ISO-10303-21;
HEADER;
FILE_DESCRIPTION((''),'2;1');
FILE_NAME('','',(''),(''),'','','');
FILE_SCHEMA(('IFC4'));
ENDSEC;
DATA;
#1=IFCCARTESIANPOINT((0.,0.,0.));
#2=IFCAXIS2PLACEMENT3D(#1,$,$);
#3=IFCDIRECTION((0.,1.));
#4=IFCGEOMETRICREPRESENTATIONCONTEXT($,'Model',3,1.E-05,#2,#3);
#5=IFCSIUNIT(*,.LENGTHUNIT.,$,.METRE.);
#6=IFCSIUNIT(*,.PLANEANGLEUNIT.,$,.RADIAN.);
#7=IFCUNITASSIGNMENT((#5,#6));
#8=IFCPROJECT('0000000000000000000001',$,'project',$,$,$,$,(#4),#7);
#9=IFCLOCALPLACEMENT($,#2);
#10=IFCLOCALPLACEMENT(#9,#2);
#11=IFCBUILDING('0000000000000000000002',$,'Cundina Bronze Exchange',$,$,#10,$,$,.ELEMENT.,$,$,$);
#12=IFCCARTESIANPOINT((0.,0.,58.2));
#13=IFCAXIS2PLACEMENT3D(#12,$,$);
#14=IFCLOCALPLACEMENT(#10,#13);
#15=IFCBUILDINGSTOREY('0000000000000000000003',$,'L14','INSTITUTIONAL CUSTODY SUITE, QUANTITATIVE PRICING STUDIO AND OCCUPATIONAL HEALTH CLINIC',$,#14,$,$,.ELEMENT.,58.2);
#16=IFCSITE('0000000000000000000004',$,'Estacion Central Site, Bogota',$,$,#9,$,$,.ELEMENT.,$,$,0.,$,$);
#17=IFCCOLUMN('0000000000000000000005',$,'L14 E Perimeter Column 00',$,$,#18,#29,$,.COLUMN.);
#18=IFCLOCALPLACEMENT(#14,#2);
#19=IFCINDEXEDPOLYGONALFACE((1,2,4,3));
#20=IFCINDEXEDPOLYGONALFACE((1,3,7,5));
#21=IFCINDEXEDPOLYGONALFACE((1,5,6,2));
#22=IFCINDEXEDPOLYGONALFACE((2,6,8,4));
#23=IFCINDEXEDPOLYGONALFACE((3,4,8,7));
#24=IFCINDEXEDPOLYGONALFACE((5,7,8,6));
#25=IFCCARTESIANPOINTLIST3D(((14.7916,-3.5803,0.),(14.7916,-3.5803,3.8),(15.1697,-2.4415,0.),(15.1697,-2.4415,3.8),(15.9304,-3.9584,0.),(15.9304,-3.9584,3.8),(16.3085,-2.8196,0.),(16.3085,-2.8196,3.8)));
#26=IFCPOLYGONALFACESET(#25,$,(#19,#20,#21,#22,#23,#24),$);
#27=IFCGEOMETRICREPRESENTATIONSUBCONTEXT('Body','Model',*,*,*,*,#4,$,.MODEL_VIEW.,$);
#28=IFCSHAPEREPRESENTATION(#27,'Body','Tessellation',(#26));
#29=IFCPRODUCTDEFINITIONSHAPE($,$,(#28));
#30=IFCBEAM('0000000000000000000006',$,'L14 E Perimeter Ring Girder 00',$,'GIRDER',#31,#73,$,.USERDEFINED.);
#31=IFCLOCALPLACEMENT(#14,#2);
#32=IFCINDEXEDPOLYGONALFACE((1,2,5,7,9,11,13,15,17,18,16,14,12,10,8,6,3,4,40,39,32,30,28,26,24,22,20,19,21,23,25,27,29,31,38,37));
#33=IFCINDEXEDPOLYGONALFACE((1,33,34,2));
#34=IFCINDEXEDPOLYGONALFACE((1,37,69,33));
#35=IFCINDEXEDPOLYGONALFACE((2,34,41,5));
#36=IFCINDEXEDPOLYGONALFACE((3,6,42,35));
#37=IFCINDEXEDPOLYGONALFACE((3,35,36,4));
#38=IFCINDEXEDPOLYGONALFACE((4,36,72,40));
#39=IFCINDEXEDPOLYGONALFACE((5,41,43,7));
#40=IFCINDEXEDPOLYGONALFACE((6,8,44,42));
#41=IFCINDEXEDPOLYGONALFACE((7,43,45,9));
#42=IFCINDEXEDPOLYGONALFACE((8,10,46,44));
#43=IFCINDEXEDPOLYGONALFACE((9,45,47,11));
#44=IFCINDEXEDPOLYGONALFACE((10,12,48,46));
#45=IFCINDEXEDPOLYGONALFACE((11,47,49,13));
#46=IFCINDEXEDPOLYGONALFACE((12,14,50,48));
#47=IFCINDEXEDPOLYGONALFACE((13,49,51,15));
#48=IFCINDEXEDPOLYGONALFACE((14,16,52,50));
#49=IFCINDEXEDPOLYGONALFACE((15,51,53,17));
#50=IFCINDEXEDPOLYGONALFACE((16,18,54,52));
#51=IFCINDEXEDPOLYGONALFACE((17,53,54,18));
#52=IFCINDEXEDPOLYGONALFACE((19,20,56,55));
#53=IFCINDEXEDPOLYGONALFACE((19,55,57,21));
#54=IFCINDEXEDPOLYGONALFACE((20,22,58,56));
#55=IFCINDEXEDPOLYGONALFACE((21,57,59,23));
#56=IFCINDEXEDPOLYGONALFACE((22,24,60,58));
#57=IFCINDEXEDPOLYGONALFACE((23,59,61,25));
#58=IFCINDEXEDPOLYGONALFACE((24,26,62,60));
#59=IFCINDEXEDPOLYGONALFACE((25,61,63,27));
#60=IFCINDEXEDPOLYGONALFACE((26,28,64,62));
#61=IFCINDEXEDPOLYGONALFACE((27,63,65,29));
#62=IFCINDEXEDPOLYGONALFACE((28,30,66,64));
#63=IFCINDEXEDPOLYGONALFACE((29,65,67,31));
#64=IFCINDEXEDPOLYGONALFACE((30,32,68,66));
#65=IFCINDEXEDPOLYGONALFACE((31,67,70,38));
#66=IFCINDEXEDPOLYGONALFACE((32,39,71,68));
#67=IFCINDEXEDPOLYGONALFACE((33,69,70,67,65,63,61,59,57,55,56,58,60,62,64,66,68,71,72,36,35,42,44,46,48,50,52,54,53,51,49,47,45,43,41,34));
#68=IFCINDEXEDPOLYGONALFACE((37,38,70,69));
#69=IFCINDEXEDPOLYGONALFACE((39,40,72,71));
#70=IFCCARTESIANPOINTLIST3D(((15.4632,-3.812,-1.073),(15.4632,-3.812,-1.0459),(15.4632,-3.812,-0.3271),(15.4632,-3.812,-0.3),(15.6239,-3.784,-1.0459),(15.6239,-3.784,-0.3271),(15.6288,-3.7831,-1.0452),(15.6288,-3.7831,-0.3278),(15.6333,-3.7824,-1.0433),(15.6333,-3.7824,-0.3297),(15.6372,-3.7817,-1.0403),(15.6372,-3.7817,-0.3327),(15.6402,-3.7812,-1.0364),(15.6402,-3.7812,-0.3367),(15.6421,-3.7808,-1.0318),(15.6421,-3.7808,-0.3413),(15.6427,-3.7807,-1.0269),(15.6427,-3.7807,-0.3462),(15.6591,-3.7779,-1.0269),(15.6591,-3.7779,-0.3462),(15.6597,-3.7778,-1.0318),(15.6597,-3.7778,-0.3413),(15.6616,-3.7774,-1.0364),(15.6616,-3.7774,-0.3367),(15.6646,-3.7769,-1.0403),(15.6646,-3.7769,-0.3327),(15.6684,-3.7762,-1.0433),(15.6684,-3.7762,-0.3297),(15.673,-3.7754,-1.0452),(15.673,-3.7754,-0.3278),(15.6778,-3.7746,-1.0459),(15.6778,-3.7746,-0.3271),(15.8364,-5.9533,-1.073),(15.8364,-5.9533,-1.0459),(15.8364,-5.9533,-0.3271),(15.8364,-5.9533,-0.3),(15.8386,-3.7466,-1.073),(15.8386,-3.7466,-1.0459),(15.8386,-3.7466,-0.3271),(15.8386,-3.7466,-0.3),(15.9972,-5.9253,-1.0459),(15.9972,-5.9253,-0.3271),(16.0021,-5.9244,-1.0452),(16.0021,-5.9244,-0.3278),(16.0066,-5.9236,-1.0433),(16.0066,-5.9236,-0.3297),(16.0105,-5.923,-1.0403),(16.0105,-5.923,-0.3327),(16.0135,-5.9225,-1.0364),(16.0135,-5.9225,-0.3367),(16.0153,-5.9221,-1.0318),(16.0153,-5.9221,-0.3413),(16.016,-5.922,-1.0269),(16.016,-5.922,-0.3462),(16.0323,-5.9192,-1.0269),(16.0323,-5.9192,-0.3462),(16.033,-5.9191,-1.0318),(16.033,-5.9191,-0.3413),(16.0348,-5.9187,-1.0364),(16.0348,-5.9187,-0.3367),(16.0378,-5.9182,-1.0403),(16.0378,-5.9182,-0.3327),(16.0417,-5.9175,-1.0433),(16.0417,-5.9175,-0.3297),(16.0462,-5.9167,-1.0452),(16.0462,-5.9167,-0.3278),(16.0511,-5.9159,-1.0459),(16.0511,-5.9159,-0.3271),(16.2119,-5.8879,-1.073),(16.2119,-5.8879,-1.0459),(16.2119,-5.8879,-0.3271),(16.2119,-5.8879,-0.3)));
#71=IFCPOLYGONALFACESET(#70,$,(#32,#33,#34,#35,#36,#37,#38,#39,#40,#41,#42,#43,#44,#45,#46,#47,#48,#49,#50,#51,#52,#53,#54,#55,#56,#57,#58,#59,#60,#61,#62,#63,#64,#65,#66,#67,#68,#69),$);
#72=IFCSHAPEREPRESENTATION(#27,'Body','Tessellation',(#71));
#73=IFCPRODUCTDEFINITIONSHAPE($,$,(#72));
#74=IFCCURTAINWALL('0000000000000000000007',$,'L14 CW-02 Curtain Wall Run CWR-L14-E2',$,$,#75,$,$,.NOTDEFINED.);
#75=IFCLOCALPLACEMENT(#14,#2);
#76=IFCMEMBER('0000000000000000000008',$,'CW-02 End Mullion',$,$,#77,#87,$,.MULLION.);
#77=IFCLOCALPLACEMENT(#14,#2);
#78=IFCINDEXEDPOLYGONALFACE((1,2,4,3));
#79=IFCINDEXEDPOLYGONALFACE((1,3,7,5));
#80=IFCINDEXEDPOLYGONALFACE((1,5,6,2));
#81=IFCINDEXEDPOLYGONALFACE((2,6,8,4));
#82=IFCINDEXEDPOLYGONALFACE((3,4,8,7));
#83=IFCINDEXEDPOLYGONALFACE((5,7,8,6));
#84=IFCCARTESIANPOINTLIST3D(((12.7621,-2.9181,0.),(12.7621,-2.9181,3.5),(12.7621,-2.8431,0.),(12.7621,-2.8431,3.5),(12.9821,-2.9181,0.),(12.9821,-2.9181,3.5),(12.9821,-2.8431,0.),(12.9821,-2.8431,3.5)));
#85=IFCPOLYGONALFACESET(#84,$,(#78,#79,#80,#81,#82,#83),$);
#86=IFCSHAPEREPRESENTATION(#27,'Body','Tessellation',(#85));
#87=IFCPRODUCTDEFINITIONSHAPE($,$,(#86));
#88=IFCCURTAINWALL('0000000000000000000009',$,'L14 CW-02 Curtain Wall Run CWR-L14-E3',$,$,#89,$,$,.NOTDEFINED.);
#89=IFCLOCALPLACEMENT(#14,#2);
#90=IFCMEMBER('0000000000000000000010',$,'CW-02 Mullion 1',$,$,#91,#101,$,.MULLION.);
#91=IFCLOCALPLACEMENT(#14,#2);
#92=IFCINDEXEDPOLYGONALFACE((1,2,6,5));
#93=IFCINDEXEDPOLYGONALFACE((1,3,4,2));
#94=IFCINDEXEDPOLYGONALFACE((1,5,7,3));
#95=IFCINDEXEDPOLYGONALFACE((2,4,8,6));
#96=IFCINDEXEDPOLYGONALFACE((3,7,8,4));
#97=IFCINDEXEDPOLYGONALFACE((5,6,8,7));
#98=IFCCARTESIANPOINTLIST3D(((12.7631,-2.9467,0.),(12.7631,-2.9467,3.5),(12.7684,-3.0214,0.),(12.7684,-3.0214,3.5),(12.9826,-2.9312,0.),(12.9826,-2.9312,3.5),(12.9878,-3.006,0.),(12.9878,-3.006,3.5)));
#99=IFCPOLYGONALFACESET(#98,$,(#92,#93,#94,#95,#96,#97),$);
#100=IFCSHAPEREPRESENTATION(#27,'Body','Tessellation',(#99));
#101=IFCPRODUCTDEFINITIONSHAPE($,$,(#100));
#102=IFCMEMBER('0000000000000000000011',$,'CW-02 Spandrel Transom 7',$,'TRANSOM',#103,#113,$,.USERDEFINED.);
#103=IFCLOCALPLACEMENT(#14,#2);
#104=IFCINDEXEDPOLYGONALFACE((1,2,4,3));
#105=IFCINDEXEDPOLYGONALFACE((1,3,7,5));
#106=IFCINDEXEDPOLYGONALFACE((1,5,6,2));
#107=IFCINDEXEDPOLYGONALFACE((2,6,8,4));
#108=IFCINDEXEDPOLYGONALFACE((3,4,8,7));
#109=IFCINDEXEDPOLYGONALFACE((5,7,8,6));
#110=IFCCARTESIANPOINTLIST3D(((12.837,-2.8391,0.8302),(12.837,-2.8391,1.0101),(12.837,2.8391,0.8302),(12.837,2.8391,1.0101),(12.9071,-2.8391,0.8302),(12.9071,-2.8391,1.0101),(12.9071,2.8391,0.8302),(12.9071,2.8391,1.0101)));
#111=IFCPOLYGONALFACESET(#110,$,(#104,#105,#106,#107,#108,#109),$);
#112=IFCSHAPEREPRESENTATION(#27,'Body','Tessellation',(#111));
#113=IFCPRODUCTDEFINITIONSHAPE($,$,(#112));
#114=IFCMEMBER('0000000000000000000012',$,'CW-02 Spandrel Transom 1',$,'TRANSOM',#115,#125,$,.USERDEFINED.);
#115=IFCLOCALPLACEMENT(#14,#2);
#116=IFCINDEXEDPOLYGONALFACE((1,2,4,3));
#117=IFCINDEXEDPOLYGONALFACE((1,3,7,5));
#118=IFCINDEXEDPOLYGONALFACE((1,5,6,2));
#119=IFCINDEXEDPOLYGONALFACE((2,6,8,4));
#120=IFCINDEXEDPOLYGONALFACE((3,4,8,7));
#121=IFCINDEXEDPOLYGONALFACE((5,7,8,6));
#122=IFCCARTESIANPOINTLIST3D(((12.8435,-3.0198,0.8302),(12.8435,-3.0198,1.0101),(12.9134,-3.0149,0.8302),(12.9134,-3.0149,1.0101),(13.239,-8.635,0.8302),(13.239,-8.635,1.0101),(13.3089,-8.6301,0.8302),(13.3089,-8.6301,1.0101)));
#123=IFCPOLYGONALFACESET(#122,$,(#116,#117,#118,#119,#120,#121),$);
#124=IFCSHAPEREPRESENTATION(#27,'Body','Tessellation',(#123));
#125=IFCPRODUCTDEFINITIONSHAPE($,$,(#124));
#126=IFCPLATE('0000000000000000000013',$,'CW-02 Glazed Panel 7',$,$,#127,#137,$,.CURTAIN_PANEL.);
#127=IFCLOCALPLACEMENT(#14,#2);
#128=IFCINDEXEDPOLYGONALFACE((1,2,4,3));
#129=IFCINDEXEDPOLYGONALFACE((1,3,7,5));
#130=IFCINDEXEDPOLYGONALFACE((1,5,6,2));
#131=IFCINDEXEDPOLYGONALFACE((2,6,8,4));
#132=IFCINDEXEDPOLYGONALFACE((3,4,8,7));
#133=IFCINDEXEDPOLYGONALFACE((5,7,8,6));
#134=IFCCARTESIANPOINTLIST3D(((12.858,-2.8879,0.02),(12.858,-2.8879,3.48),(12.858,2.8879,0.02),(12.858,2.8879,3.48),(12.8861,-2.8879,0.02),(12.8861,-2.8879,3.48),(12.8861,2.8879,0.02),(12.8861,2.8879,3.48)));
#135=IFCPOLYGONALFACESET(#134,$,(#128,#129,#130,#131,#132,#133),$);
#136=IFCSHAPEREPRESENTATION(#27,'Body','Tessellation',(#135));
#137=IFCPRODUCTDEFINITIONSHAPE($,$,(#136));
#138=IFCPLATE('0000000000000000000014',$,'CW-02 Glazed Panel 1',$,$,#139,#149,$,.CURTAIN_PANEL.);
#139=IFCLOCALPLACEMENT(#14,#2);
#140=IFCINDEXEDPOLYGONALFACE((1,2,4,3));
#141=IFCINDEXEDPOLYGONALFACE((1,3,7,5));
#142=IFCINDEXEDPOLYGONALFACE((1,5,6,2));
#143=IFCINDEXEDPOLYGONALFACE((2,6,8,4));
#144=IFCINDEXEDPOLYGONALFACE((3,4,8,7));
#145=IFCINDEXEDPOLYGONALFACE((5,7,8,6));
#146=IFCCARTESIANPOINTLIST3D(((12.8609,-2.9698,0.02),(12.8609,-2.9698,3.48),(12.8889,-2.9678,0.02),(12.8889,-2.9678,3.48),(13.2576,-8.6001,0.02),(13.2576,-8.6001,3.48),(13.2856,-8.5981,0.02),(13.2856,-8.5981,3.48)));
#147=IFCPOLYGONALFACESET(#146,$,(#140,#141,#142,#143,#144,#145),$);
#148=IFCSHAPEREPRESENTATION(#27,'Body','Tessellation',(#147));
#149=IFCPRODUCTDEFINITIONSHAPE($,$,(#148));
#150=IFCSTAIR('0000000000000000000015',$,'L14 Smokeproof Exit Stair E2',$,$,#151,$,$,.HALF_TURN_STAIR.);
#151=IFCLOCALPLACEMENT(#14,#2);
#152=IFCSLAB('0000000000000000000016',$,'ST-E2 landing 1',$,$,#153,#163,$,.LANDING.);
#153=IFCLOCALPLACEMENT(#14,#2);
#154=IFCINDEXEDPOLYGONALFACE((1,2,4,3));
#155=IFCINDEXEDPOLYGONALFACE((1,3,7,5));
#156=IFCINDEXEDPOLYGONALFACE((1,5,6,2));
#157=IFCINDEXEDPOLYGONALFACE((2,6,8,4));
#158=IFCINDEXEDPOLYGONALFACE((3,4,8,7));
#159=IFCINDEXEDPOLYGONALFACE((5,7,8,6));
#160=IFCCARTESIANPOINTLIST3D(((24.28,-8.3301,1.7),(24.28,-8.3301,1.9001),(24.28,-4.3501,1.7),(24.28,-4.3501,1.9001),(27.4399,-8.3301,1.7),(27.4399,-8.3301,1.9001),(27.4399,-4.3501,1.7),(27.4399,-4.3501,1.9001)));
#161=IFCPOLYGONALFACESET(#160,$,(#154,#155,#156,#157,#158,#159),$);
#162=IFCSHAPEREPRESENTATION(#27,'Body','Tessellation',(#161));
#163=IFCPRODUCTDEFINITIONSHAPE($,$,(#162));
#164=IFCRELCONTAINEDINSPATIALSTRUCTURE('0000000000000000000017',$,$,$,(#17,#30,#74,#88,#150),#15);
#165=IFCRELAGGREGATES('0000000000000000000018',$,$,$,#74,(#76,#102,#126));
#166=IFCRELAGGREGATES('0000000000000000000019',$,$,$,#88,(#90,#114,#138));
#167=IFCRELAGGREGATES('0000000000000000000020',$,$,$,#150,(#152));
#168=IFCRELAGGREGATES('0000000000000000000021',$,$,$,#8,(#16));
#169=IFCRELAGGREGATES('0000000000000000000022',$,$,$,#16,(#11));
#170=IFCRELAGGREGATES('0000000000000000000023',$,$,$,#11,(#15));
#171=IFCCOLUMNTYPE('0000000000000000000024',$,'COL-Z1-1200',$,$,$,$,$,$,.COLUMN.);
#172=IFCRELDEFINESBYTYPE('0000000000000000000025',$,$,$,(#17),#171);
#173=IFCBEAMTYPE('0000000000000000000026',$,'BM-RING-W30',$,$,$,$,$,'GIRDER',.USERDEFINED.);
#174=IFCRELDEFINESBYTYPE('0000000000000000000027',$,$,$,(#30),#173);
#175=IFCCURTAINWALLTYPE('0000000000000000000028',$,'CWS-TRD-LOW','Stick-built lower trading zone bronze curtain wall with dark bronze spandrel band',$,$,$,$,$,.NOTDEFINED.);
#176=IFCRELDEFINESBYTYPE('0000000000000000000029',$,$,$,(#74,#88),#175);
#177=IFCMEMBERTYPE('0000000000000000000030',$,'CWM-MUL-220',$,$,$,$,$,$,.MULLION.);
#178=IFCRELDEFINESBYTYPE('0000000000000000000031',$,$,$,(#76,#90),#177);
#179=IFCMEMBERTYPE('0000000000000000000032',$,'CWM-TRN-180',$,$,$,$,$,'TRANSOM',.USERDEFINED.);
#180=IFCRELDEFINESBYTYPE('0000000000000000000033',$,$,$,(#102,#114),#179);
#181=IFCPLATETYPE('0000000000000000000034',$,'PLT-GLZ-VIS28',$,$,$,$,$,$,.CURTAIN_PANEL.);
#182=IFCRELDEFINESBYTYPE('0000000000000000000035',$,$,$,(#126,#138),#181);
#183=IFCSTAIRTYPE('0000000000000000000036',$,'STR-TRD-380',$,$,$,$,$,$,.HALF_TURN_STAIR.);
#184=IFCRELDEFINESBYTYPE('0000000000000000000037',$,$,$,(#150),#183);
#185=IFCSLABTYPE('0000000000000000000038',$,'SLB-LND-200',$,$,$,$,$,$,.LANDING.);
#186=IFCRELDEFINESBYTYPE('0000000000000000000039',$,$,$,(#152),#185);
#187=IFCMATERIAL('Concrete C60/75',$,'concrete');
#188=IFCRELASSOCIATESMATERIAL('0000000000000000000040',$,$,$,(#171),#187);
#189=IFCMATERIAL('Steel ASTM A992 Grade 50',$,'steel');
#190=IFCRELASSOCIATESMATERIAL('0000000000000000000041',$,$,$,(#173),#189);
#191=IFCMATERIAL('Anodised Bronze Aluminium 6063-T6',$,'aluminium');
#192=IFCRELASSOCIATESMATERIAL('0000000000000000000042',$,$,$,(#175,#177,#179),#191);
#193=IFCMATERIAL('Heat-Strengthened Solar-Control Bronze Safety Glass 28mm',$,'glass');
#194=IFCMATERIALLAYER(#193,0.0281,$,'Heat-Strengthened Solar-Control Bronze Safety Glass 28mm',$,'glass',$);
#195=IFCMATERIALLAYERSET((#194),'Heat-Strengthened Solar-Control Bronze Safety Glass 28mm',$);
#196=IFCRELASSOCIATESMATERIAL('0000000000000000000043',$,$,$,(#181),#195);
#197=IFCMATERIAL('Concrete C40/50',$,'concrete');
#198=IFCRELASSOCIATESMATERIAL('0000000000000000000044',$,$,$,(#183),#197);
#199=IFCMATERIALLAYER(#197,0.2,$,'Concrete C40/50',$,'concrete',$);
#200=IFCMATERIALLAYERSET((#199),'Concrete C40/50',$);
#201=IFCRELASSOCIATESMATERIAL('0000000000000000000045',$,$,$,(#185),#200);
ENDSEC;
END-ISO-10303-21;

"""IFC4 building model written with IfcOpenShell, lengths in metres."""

from ifc_helpers import new_model, si_unit, direction, frame, origin, origin_2d, place, context, subcontext, project, spatial, polyline, rectangle, i_section, outline, extrude, material, layer, layer_set, material_profile, profile_set, type_object, element, aggregate, save


model = new_model("IFC4")

# Units and contexts
model_context = context("Model", 3, precision=1e-05, world=origin(), true_north=direction((0.0, 1.0)))
body_context = subcontext(model_context, "Body", "Model", "MODEL_VIEW")
ifc_project = project(units=[si_unit("LENGTHUNIT", "METRE"), si_unit("PLANEANGLEUNIT", "RADIAN")], contexts=[model_context])

# Site, building, storey
site_placement = place(None, origin())
site = spatial("IfcSite", under=ifc_project, at=site_placement, Name="Estacion Central Site, Bogota", CompositionType="ELEMENT", RefElevation=0.0)
building_placement = place(site_placement, origin())
building = spatial("IfcBuilding", under=site, at=building_placement, Name="Cundina Bronze Exchange", CompositionType="ELEMENT")
storey_placement = place(building_placement, frame((0.0, 0.0, 58.2)))
storey = spatial("IfcBuildingStorey", under=building, at=storey_placement, Name="L14", Description="INSTITUTIONAL CUSTODY SUITE, QUANTITATIVE PRICING STUDIO AND OCCUPATIONAL HEALTH CLINIC", CompositionType="ELEMENT", Elevation=58.2)

# Column
ifc_material_1 = material(Name="Concrete C60/75", Category="concrete")
ifc_material_profile_1 = material_profile(ifc_material_1, rectangle(XDim=1.2, YDim=1.2, at=origin_2d()), Name="RC1200X1200", Category="concrete")
ifc_profile_set_1 = profile_set([ifc_material_profile_1], Name="Concrete C60/75")
column_type = type_object("IfcColumnType", Name="COL-Z1-1200", PredefinedType="COLUMN", material=ifc_profile_set_1)
column_placement = place(storey_placement, frame((15.55, -3.2, 0.0), z_axis=(0.0, 0.0, 1.0), x_axis=(-0.315152, -0.949041, 0.0)))
element("IfcColumn", 1, at=column_placement, inside=storey, type_object=column_type, Name="L14 E Perimeter Column 00", PredefinedType="COLUMN", context=body_context, shape_type="SweptSolid", body=[
    extrude(rectangle(XDim=1.2, YDim=1.2, at=origin_2d()), origin(), (0.0, 0.0, 1.0), 3.8),
])

# Beam
ifc_material_2 = material(Name="Steel ASTM A992 Grade 50", Category="steel")
ifc_material_profile_2 = material_profile(ifc_material_2, i_section(OverallWidth=0.3811, OverallDepth=0.7729, WebThickness=0.0166, FlangeThickness=0.0271, FilletRadius=0.019, at=origin_2d()), Name="W30X173", Category="steel")
ifc_profile_set_2 = profile_set([ifc_material_profile_2], Name="Steel ASTM A992 Grade 50")
beam_type = type_object("IfcBeamType", Name="BM-RING-W30", ElementType="GIRDER", PredefinedType="USERDEFINED", material=ifc_profile_set_2)
beam_placement = place(storey_placement, frame((15.6509, -3.7793, -0.6865), z_axis=(0.171735, -0.985143, 0.0), x_axis=(0.985143, 0.171735, 0.0)))
element("IfcBeam", 2, at=beam_placement, inside=storey, type_object=beam_type, Name="L14 E Perimeter Ring Girder 00", ObjectType="GIRDER", PredefinedType="USERDEFINED", context=body_context, shape_type="SweptSolid", body=[
    extrude(i_section(OverallWidth=0.3811, OverallDepth=0.7729, WebThickness=0.0166, FlangeThickness=0.0271, FilletRadius=0.019, at=origin_2d()), origin(), (0.0, 0.0, 1.0), 2.1736),
])

# Curtain walls, members
ifc_material_3 = material(Name="Anodised Bronze Aluminium 6063-T6", Category="aluminium")
curtain_wall_type = type_object("IfcCurtainWallType", Name="CWS-TRD-LOW", Description="Stick-built lower trading zone bronze curtain wall with dark bronze spandrel band", PredefinedType="NOTDEFINED", material=ifc_material_3)
curtain_wall_1_placement = place(storey_placement, origin())
curtain_wall_1 = element("IfcCurtainWall", 3, at=curtain_wall_1_placement, inside=storey, type_object=curtain_wall_type, Name="L14 CW-02 Curtain Wall Run CWR-L14-E2", PredefinedType="NOTDEFINED")
ifc_material_profile_3 = material_profile(ifc_material_3, rectangle(XDim=0.075, YDim=0.22, at=origin_2d()), Name="AL75X220", Category="aluminium")
ifc_profile_set_3 = profile_set([ifc_material_profile_3], Name="Anodised Bronze Aluminium 6063-T6")
member_type_1 = type_object("IfcMemberType", Name="CWM-MUL-220", PredefinedType="MULLION", material=ifc_profile_set_3)
member_1_placement = place(storey_placement, frame((12.8721, -2.8806, 0.0), z_axis=(0.0, 0.0, 1.0), x_axis=(0.0, -1.0, 0.0)))
member_1 = element("IfcMember", 4, at=member_1_placement, type_object=member_type_1, Name="CW-02 End Mullion", PredefinedType="MULLION", context=body_context, shape_type="SweptSolid", body=[
    extrude(rectangle(XDim=0.075, YDim=0.22, at=origin_2d()), origin(), (0.0, 0.0, 1.0), 3.5),
])
curtain_wall_2_placement = place(storey_placement, origin())
curtain_wall_2 = element("IfcCurtainWall", 5, at=curtain_wall_2_placement, inside=storey, type_object=curtain_wall_type, Name="L14 CW-02 Curtain Wall Run CWR-L14-E3", PredefinedType="NOTDEFINED")
member_2_placement = place(storey_placement, frame((12.8755, -2.9763, 0.0), z_axis=(0.0, 0.0, 1.0), x_axis=(0.070279, -0.997527, 0.0)))
member_2 = element("IfcMember", 6, at=member_2_placement, type_object=member_type_1, Name="CW-02 Mullion 1", PredefinedType="MULLION", context=body_context, shape_type="SweptSolid", body=[
    extrude(rectangle(XDim=0.075, YDim=0.22, at=origin_2d()), origin(), (0.0, 0.0, 1.0), 3.5),
])

# Members
ifc_material_profile_4 = material_profile(ifc_material_3, rectangle(XDim=0.0701, YDim=0.1799, at=origin_2d()), Name="AL70X180", Category="aluminium")
ifc_profile_set_4 = profile_set([ifc_material_profile_4], Name="Anodised Bronze Aluminium 6063-T6")
member_type_2 = type_object("IfcMemberType", Name="CWM-TRN-180", ElementType="TRANSOM", PredefinedType="USERDEFINED", material=ifc_profile_set_4)
member_3_placement = place(storey_placement, frame((12.8721, 2.8391, 0.9202), z_axis=(0.0, -1.0, 0.0), x_axis=(1.0, 0.0, 0.0)))
member_3 = element("IfcMember", 7, at=member_3_placement, type_object=member_type_2, Name="CW-02 Spandrel Transom 7", ObjectType="TRANSOM", PredefinedType="USERDEFINED", context=body_context, shape_type="SweptSolid", body=[
    extrude(rectangle(XDim=0.0701, YDim=0.1799, at=origin_2d()), origin(), (0.0, 0.0, 1.0), 5.6782),
])
member_4_placement = place(storey_placement, frame((12.8784, -3.0173, 0.9202), z_axis=(0.070261, -0.997529, 0.0), x_axis=(0.997529, 0.070261, 0.0)))
member_4 = element("IfcMember", 8, at=member_4_placement, type_object=member_type_2, Name="CW-02 Spandrel Transom 1", ObjectType="TRANSOM", PredefinedType="USERDEFINED", context=body_context, shape_type="SweptSolid", body=[
    extrude(rectangle(XDim=0.0701, YDim=0.1799, at=origin_2d()), origin(), (0.0, 0.0, 1.0), 5.6292),
])

# Plates
ifc_material_4 = material(Name="Heat-Strengthened Solar-Control Bronze Safety Glass 28mm", Category="glass")
ifc_layer_1 = layer(ifc_material_4, 0.0281, Name="Heat-Strengthened Solar-Control Bronze Safety Glass 28mm", Category="glass")
ifc_layer_set_1 = layer_set([ifc_layer_1], Name="Heat-Strengthened Solar-Control Bronze Safety Glass 28mm")
plate_type = type_object("IfcPlateType", Name="PLT-GLZ-VIS28", PredefinedType="CURTAIN_PANEL", material=ifc_layer_set_1)
plate_1_placement = place(storey_placement, frame((12.8721, 0.0, 0.02), z_axis=(0.0, 0.0, 1.0), x_axis=(0.0, -1.0, 0.0)))
plate_1 = element("IfcPlate", 9, at=plate_1_placement, type_object=plate_type, Name="CW-02 Glazed Panel 7", PredefinedType="CURTAIN_PANEL", context=body_context, shape_type="SweptSolid", body=[
    extrude(rectangle(XDim=5.7759, YDim=0.0281, at=origin_2d()), origin(), (0.0, 0.0, 1.0), 3.46),
])
aggregate(curtain_wall_1, [member_1, member_3, plate_1])
plate_2_placement = place(storey_placement, frame((13.0732, -5.7839, 0.02), z_axis=(0.0, 0.0, 1.0), x_axis=(0.070279, -0.997527, 0.0)))
plate_2 = element("IfcPlate", 10, at=plate_2_placement, type_object=plate_type, Name="CW-02 Glazed Panel 1", PredefinedType="CURTAIN_PANEL", context=body_context, shape_type="SweptSolid", body=[
    extrude(rectangle(XDim=5.6443, YDim=0.0281, at=origin_2d()), origin(), (0.0, 0.0, 1.0), 3.46),
])
aggregate(curtain_wall_2, [member_2, member_4, plate_2])

# Stair, slab
ifc_material_5 = material(Name="Concrete C40/50", Category="concrete")
stair_type = type_object("IfcStairType", Name="STR-TRD-380", PredefinedType="HALF_TURN_STAIR", material=ifc_material_5)
stair_placement = place(storey_placement, origin())
stair = element("IfcStair", 11, at=stair_placement, inside=storey, type_object=stair_type, Name="L14 Smokeproof Exit Stair E2", PredefinedType="HALF_TURN_STAIR")
ifc_layer_2 = layer(ifc_material_5, 0.2, Name="Concrete C40/50", Category="concrete")
ifc_layer_set_2 = layer_set([ifc_layer_2], Name="Concrete C40/50")
slab_type = type_object("IfcSlabType", Name="SLB-LND-200", PredefinedType="LANDING", material=ifc_layer_set_2)
slab_placement = place(storey_placement, frame((0.0, 0.0, 1.7)))
slab = element("IfcSlab", 12, at=slab_placement, type_object=slab_type, Name="ST-E2 landing 1", PredefinedType="LANDING", context=body_context, shape_type="SweptSolid", body=[
    extrude(outline(polyline([(27.4399, -8.3301), (27.4399, -4.3501), (24.28, -4.3501), (24.28, -8.3301), (27.4399, -8.3301)])), origin(), (0.0, 0.0, 1.0), 0.2002),
])
aggregate(stair, [slab])

save(model, "model.ifc")
